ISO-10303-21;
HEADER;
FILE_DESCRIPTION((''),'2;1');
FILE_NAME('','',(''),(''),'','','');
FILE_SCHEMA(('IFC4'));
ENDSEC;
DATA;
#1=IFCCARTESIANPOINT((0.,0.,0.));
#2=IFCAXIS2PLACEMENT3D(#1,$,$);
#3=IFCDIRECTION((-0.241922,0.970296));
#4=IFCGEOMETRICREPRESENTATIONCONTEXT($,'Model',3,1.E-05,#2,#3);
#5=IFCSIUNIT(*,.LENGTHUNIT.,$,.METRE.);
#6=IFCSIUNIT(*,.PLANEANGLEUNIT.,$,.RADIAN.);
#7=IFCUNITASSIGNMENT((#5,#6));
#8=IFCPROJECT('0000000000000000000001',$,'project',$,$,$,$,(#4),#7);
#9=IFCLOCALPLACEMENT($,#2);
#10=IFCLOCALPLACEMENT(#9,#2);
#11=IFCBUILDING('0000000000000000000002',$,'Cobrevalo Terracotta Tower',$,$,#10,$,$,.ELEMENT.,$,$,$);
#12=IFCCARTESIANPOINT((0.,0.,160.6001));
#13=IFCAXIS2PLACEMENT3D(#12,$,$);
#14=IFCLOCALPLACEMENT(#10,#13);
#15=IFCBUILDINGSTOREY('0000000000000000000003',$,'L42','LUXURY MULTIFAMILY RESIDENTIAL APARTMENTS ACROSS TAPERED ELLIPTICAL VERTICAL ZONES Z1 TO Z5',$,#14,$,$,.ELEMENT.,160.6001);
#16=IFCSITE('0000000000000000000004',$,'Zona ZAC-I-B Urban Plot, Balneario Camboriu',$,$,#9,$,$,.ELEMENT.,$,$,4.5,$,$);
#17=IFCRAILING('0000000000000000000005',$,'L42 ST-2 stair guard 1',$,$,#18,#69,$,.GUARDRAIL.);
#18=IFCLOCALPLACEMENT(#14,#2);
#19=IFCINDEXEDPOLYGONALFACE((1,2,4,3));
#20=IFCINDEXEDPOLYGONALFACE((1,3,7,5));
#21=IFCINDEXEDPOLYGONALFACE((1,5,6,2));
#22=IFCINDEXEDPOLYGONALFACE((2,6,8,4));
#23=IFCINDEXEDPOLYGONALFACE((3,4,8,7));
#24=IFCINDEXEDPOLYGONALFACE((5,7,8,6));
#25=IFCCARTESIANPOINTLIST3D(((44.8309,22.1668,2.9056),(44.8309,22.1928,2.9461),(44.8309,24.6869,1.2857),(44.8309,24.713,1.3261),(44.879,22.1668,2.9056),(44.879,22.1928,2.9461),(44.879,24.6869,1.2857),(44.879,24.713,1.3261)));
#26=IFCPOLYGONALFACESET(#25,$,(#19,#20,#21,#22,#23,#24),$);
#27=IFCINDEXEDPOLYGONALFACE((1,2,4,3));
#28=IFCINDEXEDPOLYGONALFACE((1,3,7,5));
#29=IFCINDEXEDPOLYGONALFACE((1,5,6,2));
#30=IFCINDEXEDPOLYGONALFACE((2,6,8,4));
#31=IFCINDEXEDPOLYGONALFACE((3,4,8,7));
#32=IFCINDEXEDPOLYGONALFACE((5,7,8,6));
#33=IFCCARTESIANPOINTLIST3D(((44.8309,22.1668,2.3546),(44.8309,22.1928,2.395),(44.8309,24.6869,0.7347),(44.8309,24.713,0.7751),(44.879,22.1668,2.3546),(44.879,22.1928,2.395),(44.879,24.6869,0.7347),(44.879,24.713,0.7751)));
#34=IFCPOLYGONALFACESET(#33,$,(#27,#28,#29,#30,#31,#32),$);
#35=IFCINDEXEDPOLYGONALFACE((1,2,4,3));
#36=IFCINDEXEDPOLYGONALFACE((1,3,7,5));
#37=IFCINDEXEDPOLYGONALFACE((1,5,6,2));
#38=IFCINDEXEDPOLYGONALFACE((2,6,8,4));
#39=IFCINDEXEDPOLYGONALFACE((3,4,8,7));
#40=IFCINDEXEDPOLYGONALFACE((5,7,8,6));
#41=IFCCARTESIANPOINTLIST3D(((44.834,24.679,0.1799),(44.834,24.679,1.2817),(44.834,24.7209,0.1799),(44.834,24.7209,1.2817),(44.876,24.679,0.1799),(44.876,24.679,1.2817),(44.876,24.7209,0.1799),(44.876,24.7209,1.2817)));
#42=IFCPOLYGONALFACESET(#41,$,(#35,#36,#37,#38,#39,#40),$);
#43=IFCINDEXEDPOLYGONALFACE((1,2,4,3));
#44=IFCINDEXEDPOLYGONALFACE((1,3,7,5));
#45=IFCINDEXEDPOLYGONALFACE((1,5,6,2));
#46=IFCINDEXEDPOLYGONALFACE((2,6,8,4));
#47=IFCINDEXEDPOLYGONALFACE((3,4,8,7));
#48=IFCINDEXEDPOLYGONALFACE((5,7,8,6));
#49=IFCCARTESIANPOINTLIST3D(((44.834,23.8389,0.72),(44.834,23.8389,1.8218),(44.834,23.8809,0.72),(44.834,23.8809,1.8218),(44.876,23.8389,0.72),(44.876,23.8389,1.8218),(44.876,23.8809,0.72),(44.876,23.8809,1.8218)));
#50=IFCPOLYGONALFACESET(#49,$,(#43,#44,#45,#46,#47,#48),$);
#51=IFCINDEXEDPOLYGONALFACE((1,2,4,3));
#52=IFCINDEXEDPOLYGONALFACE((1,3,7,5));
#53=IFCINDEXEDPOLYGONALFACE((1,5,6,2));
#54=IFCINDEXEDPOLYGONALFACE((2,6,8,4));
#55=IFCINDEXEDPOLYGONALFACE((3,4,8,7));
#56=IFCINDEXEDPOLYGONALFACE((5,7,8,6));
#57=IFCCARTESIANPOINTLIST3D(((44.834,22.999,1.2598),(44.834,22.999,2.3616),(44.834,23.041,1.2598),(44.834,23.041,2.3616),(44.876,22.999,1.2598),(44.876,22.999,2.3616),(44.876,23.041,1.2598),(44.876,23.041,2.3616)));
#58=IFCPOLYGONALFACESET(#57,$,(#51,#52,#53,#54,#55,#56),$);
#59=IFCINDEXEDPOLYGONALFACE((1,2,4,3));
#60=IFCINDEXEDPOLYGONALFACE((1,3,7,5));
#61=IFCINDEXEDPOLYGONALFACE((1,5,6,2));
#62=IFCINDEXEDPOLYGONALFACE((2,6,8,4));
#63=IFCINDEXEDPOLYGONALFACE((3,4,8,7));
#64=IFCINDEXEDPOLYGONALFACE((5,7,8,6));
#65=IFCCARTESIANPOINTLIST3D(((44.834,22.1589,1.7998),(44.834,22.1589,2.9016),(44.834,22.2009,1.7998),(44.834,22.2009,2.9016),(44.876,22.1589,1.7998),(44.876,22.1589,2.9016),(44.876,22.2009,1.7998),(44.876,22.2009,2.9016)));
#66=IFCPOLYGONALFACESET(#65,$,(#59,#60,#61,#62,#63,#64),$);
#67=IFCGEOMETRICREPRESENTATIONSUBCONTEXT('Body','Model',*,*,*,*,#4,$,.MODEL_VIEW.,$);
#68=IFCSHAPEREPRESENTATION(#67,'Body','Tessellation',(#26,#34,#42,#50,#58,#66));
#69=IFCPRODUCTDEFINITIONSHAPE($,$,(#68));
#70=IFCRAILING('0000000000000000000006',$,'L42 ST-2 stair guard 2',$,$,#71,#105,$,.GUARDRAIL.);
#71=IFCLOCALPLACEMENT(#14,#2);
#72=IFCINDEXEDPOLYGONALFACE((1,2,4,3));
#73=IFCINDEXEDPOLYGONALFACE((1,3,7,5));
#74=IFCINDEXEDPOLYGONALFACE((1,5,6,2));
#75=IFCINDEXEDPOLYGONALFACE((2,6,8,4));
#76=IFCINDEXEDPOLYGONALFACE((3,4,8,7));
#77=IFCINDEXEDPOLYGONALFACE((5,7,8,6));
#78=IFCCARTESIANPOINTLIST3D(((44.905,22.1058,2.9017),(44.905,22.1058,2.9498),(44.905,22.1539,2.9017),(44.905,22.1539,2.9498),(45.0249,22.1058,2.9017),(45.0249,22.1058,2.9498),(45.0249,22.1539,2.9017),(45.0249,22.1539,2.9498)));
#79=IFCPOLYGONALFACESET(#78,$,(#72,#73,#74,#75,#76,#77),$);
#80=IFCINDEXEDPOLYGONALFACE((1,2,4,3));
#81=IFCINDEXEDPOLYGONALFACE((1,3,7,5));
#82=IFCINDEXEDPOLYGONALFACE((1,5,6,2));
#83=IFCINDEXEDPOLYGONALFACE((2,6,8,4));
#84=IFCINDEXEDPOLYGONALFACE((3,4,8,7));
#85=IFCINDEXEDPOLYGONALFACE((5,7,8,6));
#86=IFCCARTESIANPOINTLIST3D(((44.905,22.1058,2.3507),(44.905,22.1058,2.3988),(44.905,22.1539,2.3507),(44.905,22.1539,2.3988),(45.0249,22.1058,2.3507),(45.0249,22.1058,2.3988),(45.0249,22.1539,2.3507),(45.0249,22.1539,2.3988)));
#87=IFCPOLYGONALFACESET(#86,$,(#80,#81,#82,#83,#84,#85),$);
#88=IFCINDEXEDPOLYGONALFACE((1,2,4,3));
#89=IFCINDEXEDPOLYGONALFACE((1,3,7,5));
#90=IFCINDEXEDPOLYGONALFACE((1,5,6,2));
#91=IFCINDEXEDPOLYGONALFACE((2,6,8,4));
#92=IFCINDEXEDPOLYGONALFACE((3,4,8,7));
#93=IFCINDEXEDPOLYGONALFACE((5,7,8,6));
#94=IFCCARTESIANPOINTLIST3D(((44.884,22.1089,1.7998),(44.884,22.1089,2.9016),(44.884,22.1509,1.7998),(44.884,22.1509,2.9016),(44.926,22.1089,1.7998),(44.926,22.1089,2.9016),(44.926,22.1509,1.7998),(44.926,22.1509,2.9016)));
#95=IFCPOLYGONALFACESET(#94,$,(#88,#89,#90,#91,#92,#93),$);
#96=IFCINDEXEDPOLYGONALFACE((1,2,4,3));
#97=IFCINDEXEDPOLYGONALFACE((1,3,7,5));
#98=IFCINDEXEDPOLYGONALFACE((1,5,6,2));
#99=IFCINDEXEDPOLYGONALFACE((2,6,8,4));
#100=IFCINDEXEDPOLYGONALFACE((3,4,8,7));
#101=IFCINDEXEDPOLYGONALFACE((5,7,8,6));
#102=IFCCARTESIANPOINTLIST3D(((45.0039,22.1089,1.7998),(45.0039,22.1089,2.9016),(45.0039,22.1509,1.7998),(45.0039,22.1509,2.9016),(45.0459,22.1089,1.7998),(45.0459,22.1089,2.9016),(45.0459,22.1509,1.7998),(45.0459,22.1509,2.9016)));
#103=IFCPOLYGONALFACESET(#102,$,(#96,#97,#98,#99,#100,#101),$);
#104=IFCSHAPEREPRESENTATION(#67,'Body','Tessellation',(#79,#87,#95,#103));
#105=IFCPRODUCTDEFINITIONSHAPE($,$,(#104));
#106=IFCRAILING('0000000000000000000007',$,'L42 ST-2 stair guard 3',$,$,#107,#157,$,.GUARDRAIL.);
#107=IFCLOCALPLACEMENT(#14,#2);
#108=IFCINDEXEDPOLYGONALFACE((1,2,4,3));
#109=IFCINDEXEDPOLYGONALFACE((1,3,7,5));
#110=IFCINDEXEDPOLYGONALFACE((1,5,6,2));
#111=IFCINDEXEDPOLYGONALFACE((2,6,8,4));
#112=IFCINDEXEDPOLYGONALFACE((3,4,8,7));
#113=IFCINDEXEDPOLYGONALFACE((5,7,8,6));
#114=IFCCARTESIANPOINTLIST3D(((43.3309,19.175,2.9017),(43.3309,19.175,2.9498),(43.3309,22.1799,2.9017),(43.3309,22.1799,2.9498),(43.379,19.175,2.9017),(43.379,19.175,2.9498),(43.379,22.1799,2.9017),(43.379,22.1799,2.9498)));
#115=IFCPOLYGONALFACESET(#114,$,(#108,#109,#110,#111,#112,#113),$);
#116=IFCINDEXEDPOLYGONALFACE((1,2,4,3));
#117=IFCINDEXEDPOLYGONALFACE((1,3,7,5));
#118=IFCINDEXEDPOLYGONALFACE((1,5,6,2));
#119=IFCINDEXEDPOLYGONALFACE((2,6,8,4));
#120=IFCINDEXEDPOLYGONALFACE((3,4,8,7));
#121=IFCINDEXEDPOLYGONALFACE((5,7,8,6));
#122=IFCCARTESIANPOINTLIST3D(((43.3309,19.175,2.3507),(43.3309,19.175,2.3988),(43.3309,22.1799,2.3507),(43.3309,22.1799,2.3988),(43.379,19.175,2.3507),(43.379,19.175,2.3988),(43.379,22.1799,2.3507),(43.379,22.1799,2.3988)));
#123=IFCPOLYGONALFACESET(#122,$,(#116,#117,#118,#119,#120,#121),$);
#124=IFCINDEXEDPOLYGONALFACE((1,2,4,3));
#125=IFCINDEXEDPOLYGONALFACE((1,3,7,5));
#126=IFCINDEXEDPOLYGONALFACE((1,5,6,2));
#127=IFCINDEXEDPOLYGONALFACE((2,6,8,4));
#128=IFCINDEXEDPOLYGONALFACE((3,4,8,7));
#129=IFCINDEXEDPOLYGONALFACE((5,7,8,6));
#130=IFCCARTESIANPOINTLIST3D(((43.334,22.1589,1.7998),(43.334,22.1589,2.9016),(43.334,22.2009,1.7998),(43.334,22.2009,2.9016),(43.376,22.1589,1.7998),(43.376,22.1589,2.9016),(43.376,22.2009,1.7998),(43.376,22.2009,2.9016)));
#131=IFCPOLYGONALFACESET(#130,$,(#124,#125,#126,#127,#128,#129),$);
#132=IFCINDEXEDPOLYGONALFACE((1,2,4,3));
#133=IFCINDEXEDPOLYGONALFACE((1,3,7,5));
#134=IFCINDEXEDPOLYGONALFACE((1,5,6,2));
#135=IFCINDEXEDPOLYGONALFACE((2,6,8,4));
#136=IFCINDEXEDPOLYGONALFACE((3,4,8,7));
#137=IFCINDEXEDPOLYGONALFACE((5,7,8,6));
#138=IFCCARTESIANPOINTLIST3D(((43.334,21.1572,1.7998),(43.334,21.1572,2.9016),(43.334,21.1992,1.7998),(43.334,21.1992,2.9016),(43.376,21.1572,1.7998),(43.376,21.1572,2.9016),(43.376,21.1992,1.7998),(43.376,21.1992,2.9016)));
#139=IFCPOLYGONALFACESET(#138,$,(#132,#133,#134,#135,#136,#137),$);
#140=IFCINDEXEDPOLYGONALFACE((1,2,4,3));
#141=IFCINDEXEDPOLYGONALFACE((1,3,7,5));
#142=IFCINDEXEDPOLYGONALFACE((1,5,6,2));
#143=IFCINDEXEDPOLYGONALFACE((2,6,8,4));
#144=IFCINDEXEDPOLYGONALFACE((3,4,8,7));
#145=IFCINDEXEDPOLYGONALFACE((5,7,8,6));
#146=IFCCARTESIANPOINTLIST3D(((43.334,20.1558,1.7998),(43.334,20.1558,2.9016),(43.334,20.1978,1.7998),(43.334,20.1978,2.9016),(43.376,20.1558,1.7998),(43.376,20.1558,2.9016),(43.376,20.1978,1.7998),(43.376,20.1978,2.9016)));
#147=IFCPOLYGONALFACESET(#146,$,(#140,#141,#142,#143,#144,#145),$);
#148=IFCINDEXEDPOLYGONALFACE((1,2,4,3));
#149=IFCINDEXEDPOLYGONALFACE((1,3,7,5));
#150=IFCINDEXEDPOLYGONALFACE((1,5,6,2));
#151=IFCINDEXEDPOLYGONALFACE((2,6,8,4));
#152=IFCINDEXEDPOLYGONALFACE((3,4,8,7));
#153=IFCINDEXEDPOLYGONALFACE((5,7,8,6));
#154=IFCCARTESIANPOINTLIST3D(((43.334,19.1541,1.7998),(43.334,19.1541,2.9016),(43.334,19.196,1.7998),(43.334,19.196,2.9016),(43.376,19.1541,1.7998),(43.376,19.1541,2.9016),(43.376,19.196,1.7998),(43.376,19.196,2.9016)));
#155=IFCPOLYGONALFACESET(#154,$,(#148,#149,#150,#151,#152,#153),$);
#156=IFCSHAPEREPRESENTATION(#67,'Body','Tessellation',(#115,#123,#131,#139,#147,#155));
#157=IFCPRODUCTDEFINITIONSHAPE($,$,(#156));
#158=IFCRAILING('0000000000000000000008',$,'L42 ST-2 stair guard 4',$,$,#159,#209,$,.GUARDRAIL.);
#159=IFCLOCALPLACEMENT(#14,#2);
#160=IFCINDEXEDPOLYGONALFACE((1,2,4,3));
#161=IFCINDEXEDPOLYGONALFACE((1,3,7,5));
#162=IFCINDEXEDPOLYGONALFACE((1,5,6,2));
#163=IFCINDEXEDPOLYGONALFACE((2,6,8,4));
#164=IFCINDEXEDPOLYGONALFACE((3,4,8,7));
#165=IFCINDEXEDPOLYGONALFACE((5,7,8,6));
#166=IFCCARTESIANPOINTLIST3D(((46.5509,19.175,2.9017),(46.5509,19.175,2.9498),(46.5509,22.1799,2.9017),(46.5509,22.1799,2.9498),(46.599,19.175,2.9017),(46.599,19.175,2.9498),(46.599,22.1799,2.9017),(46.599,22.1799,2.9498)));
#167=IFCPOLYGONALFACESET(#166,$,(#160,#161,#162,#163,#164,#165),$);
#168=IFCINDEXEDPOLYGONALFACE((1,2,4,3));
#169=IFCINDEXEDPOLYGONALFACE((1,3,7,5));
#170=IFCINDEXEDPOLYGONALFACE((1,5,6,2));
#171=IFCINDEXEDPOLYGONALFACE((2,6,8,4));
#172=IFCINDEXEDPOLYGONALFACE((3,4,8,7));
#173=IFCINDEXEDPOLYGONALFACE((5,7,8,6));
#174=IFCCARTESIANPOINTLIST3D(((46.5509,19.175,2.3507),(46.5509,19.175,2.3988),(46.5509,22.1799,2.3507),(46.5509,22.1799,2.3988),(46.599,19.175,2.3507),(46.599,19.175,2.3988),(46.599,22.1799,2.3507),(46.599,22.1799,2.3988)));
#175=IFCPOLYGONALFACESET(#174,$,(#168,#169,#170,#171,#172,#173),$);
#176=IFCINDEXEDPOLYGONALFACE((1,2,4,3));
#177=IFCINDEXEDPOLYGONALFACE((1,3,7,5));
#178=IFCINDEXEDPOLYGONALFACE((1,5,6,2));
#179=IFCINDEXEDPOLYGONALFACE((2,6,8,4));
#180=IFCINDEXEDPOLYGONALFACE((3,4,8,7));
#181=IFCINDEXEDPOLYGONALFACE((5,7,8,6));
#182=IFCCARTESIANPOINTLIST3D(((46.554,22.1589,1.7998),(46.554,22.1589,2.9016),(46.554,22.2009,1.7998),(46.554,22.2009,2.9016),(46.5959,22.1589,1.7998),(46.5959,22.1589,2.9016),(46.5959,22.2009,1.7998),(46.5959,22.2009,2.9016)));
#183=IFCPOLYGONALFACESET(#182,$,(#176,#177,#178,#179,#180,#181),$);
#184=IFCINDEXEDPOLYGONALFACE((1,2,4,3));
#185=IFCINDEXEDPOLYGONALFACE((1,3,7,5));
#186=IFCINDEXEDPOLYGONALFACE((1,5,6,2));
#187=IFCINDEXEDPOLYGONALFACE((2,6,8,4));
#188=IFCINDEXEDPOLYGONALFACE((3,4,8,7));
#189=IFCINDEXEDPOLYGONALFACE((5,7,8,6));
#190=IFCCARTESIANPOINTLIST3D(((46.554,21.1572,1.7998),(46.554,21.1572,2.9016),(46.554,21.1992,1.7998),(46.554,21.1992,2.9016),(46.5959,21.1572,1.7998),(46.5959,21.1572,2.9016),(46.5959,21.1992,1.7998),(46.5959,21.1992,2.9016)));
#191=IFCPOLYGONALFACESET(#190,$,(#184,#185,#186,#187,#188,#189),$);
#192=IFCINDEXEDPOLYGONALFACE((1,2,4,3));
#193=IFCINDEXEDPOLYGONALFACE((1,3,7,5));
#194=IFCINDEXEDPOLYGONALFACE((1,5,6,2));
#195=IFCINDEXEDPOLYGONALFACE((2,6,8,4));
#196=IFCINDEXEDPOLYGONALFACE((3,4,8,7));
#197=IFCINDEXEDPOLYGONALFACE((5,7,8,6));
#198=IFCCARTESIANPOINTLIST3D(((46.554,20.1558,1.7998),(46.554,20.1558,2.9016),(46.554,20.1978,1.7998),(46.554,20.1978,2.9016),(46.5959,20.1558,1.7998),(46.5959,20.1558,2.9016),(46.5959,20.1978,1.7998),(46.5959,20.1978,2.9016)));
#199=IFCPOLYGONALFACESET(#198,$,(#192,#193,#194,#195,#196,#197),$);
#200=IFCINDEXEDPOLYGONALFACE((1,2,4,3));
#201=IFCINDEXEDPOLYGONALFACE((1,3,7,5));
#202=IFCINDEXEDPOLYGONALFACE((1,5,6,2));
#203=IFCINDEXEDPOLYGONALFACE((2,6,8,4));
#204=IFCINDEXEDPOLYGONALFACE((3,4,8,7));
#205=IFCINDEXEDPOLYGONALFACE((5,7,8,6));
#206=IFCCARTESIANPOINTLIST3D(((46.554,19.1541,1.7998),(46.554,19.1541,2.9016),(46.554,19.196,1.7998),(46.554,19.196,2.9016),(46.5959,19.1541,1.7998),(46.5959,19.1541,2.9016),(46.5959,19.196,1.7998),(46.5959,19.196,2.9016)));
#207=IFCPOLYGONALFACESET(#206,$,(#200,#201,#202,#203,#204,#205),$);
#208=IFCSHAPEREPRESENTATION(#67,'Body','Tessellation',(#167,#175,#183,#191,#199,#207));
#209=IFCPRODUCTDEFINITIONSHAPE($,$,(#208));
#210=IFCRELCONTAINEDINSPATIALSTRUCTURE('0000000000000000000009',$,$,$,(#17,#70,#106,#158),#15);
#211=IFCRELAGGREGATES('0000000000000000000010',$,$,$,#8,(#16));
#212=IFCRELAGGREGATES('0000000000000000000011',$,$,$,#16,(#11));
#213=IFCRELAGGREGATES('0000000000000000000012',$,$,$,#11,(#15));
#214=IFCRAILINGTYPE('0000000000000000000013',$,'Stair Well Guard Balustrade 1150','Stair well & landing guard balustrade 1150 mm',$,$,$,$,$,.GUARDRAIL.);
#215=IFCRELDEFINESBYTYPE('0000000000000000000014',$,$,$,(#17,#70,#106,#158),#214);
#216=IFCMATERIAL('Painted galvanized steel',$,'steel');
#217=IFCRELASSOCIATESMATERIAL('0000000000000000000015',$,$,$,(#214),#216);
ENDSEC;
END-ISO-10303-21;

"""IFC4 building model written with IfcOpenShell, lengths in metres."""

from ifc_helpers import new_model, si_unit, direction, frame, origin, origin_2d, place, context, subcontext, project, spatial, rectangle, extrude, material, type_object, element, save


model = new_model("IFC4")

# Units and contexts
model_context = context("Model", 3, precision=1e-05, world=origin(), true_north=direction((-0.241922, 0.970296)))
body_context = subcontext(model_context, "Body", "Model", "MODEL_VIEW")
ifc_project = project(units=[si_unit("LENGTHUNIT", "METRE"), si_unit("PLANEANGLEUNIT", "RADIAN")], contexts=[model_context])

# Site, building, storey
site_placement = place(None, origin())
site = spatial("IfcSite", under=ifc_project, at=site_placement, Name="Zona ZAC-I-B Urban Plot, Balneario Camboriu", CompositionType="ELEMENT", RefElevation=4.5)
building_placement = place(site_placement, origin())
building = spatial("IfcBuilding", under=site, at=building_placement, Name="Cobrevalo Terracotta Tower", CompositionType="ELEMENT")
storey_placement = place(building_placement, frame((0.0, 0.0, 160.6001)))
storey = spatial("IfcBuildingStorey", under=building, at=storey_placement, Name="L42", Description="LUXURY MULTIFAMILY RESIDENTIAL APARTMENTS ACROSS TAPERED ELLIPTICAL VERTICAL ZONES Z1 TO Z5", CompositionType="ELEMENT", Elevation=160.6001)

# Railings
ifc_material_1 = material(Name="Painted galvanized steel", Category="steel")
railing_type_1 = type_object("IfcRailingType", Name="Stair Well Guard Balustrade 1150", Description="Stair well & landing guard balustrade 1150 mm", PredefinedType="GUARDRAIL", material=ifc_material_1)
railing_1_placement = place(storey_placement, frame((44.855, 24.7, 0.1799)))
element("IfcRailing", 1, at=railing_1_placement, inside=storey, type_object=railing_type_1, Name="L42 ST-2 stair guard 1", PredefinedType="GUARDRAIL", context=body_context, shape_type="SweptSolid", body=[
    extrude(rectangle(XDim=0.0481, YDim=0.0481, at=origin_2d()), frame((0.0, 0.0, 1.126), z_axis=(0.0, -0.8412, 0.540725), x_axis=(1.0, 0.0, 0.0)), (0.0, 0.0, 1.0), 2.9958),
    extrude(rectangle(XDim=0.0481, YDim=0.0481, at=origin_2d()), frame((0.0, 0.0, 0.575), z_axis=(0.0, -0.8412, 0.540725), x_axis=(1.0, 0.0, 0.0)), (0.0, 0.0, 1.0), 2.9958),
    extrude(rectangle(XDim=0.042, YDim=0.042, at=origin_2d()), origin(), (0.0, 0.0, 1.0), 1.1018),
    extrude(rectangle(XDim=0.042, YDim=0.042, at=origin_2d()), frame((0.0, -0.8401, 0.54)), (0.0, 0.0, 1.0), 1.1018),
    extrude(rectangle(XDim=0.042, YDim=0.042, at=origin_2d()), frame((0.0, -1.6799, 1.0798)), (0.0, 0.0, 1.0), 1.1018),
    extrude(rectangle(XDim=0.042, YDim=0.042, at=origin_2d()), frame((0.0, -2.52, 1.6199)), (0.0, 0.0, 1.0), 1.1018),
])
railing_2_placement = place(storey_placement, frame((44.905, 22.1299, 1.7998)))
element("IfcRailing", 2, at=railing_2_placement, inside=storey, type_object=railing_type_1, Name="L42 ST-2 stair guard 2", PredefinedType="GUARDRAIL", context=body_context, shape_type="SweptSolid", body=[
    extrude(rectangle(XDim=0.0481, YDim=0.0481, at=origin_2d()), frame((0.0, 0.0, 1.126), z_axis=(1.0, 0.0, 0.0), x_axis=(0.0, 1.0, 0.0)), (0.0, 0.0, 1.0), 0.1199),
    extrude(rectangle(XDim=0.0481, YDim=0.0481, at=origin_2d()), frame((0.0, 0.0, 0.575), z_axis=(1.0, 0.0, 0.0), x_axis=(0.0, 1.0, 0.0)), (0.0, 0.0, 1.0), 0.1199),
    extrude(rectangle(XDim=0.042, YDim=0.042, at=origin_2d()), origin(), (0.0, 0.0, 1.0), 1.1018),
    extrude(rectangle(XDim=0.042, YDim=0.042, at=origin_2d()), frame((0.1199, 0.0, 0.0)), (0.0, 0.0, 1.0), 1.1018),
])
for number, where, name in (
    (3, (43.355, 22.1799, 1.7998), "L42 ST-2 stair guard 3"),
    (4, (46.575, 22.1799, 1.7998), "L42 ST-2 stair guard 4"),
):
    element("IfcRailing", number, at=place(storey_placement, frame(where)), inside=storey, type_object=railing_type_1, Name=name, PredefinedType="GUARDRAIL", context=body_context, shape_type="SweptSolid", body=[
        extrude(rectangle(XDim=0.0481, YDim=0.0481, at=origin_2d()), frame((0.0, 0.0, 1.126), z_axis=(0.0, -1.0, 0.0), x_axis=(1.0, 0.0, 0.0)), (0.0, 0.0, 1.0), 3.0049),
        extrude(rectangle(XDim=0.0481, YDim=0.0481, at=origin_2d()), frame((0.0, 0.0, 0.575), z_axis=(0.0, -1.0, 0.0), x_axis=(1.0, 0.0, 0.0)), (0.0, 0.0, 1.0), 3.0049),
        extrude(rectangle(XDim=0.042, YDim=0.042, at=origin_2d()), origin(), (0.0, 0.0, 1.0), 1.1018),
        extrude(rectangle(XDim=0.042, YDim=0.042, at=origin_2d()), frame((0.0, -1.0017, 0.0)), (0.0, 0.0, 1.0), 1.1018),
        extrude(rectangle(XDim=0.042, YDim=0.042, at=origin_2d()), frame((0.0, -2.0032, 0.0)), (0.0, 0.0, 1.0), 1.1018),
        extrude(rectangle(XDim=0.042, YDim=0.042, at=origin_2d()), frame((0.0, -3.0049, 0.0)), (0.0, 0.0, 1.0), 1.1018),
    ])

save(model, "model.ifc")
